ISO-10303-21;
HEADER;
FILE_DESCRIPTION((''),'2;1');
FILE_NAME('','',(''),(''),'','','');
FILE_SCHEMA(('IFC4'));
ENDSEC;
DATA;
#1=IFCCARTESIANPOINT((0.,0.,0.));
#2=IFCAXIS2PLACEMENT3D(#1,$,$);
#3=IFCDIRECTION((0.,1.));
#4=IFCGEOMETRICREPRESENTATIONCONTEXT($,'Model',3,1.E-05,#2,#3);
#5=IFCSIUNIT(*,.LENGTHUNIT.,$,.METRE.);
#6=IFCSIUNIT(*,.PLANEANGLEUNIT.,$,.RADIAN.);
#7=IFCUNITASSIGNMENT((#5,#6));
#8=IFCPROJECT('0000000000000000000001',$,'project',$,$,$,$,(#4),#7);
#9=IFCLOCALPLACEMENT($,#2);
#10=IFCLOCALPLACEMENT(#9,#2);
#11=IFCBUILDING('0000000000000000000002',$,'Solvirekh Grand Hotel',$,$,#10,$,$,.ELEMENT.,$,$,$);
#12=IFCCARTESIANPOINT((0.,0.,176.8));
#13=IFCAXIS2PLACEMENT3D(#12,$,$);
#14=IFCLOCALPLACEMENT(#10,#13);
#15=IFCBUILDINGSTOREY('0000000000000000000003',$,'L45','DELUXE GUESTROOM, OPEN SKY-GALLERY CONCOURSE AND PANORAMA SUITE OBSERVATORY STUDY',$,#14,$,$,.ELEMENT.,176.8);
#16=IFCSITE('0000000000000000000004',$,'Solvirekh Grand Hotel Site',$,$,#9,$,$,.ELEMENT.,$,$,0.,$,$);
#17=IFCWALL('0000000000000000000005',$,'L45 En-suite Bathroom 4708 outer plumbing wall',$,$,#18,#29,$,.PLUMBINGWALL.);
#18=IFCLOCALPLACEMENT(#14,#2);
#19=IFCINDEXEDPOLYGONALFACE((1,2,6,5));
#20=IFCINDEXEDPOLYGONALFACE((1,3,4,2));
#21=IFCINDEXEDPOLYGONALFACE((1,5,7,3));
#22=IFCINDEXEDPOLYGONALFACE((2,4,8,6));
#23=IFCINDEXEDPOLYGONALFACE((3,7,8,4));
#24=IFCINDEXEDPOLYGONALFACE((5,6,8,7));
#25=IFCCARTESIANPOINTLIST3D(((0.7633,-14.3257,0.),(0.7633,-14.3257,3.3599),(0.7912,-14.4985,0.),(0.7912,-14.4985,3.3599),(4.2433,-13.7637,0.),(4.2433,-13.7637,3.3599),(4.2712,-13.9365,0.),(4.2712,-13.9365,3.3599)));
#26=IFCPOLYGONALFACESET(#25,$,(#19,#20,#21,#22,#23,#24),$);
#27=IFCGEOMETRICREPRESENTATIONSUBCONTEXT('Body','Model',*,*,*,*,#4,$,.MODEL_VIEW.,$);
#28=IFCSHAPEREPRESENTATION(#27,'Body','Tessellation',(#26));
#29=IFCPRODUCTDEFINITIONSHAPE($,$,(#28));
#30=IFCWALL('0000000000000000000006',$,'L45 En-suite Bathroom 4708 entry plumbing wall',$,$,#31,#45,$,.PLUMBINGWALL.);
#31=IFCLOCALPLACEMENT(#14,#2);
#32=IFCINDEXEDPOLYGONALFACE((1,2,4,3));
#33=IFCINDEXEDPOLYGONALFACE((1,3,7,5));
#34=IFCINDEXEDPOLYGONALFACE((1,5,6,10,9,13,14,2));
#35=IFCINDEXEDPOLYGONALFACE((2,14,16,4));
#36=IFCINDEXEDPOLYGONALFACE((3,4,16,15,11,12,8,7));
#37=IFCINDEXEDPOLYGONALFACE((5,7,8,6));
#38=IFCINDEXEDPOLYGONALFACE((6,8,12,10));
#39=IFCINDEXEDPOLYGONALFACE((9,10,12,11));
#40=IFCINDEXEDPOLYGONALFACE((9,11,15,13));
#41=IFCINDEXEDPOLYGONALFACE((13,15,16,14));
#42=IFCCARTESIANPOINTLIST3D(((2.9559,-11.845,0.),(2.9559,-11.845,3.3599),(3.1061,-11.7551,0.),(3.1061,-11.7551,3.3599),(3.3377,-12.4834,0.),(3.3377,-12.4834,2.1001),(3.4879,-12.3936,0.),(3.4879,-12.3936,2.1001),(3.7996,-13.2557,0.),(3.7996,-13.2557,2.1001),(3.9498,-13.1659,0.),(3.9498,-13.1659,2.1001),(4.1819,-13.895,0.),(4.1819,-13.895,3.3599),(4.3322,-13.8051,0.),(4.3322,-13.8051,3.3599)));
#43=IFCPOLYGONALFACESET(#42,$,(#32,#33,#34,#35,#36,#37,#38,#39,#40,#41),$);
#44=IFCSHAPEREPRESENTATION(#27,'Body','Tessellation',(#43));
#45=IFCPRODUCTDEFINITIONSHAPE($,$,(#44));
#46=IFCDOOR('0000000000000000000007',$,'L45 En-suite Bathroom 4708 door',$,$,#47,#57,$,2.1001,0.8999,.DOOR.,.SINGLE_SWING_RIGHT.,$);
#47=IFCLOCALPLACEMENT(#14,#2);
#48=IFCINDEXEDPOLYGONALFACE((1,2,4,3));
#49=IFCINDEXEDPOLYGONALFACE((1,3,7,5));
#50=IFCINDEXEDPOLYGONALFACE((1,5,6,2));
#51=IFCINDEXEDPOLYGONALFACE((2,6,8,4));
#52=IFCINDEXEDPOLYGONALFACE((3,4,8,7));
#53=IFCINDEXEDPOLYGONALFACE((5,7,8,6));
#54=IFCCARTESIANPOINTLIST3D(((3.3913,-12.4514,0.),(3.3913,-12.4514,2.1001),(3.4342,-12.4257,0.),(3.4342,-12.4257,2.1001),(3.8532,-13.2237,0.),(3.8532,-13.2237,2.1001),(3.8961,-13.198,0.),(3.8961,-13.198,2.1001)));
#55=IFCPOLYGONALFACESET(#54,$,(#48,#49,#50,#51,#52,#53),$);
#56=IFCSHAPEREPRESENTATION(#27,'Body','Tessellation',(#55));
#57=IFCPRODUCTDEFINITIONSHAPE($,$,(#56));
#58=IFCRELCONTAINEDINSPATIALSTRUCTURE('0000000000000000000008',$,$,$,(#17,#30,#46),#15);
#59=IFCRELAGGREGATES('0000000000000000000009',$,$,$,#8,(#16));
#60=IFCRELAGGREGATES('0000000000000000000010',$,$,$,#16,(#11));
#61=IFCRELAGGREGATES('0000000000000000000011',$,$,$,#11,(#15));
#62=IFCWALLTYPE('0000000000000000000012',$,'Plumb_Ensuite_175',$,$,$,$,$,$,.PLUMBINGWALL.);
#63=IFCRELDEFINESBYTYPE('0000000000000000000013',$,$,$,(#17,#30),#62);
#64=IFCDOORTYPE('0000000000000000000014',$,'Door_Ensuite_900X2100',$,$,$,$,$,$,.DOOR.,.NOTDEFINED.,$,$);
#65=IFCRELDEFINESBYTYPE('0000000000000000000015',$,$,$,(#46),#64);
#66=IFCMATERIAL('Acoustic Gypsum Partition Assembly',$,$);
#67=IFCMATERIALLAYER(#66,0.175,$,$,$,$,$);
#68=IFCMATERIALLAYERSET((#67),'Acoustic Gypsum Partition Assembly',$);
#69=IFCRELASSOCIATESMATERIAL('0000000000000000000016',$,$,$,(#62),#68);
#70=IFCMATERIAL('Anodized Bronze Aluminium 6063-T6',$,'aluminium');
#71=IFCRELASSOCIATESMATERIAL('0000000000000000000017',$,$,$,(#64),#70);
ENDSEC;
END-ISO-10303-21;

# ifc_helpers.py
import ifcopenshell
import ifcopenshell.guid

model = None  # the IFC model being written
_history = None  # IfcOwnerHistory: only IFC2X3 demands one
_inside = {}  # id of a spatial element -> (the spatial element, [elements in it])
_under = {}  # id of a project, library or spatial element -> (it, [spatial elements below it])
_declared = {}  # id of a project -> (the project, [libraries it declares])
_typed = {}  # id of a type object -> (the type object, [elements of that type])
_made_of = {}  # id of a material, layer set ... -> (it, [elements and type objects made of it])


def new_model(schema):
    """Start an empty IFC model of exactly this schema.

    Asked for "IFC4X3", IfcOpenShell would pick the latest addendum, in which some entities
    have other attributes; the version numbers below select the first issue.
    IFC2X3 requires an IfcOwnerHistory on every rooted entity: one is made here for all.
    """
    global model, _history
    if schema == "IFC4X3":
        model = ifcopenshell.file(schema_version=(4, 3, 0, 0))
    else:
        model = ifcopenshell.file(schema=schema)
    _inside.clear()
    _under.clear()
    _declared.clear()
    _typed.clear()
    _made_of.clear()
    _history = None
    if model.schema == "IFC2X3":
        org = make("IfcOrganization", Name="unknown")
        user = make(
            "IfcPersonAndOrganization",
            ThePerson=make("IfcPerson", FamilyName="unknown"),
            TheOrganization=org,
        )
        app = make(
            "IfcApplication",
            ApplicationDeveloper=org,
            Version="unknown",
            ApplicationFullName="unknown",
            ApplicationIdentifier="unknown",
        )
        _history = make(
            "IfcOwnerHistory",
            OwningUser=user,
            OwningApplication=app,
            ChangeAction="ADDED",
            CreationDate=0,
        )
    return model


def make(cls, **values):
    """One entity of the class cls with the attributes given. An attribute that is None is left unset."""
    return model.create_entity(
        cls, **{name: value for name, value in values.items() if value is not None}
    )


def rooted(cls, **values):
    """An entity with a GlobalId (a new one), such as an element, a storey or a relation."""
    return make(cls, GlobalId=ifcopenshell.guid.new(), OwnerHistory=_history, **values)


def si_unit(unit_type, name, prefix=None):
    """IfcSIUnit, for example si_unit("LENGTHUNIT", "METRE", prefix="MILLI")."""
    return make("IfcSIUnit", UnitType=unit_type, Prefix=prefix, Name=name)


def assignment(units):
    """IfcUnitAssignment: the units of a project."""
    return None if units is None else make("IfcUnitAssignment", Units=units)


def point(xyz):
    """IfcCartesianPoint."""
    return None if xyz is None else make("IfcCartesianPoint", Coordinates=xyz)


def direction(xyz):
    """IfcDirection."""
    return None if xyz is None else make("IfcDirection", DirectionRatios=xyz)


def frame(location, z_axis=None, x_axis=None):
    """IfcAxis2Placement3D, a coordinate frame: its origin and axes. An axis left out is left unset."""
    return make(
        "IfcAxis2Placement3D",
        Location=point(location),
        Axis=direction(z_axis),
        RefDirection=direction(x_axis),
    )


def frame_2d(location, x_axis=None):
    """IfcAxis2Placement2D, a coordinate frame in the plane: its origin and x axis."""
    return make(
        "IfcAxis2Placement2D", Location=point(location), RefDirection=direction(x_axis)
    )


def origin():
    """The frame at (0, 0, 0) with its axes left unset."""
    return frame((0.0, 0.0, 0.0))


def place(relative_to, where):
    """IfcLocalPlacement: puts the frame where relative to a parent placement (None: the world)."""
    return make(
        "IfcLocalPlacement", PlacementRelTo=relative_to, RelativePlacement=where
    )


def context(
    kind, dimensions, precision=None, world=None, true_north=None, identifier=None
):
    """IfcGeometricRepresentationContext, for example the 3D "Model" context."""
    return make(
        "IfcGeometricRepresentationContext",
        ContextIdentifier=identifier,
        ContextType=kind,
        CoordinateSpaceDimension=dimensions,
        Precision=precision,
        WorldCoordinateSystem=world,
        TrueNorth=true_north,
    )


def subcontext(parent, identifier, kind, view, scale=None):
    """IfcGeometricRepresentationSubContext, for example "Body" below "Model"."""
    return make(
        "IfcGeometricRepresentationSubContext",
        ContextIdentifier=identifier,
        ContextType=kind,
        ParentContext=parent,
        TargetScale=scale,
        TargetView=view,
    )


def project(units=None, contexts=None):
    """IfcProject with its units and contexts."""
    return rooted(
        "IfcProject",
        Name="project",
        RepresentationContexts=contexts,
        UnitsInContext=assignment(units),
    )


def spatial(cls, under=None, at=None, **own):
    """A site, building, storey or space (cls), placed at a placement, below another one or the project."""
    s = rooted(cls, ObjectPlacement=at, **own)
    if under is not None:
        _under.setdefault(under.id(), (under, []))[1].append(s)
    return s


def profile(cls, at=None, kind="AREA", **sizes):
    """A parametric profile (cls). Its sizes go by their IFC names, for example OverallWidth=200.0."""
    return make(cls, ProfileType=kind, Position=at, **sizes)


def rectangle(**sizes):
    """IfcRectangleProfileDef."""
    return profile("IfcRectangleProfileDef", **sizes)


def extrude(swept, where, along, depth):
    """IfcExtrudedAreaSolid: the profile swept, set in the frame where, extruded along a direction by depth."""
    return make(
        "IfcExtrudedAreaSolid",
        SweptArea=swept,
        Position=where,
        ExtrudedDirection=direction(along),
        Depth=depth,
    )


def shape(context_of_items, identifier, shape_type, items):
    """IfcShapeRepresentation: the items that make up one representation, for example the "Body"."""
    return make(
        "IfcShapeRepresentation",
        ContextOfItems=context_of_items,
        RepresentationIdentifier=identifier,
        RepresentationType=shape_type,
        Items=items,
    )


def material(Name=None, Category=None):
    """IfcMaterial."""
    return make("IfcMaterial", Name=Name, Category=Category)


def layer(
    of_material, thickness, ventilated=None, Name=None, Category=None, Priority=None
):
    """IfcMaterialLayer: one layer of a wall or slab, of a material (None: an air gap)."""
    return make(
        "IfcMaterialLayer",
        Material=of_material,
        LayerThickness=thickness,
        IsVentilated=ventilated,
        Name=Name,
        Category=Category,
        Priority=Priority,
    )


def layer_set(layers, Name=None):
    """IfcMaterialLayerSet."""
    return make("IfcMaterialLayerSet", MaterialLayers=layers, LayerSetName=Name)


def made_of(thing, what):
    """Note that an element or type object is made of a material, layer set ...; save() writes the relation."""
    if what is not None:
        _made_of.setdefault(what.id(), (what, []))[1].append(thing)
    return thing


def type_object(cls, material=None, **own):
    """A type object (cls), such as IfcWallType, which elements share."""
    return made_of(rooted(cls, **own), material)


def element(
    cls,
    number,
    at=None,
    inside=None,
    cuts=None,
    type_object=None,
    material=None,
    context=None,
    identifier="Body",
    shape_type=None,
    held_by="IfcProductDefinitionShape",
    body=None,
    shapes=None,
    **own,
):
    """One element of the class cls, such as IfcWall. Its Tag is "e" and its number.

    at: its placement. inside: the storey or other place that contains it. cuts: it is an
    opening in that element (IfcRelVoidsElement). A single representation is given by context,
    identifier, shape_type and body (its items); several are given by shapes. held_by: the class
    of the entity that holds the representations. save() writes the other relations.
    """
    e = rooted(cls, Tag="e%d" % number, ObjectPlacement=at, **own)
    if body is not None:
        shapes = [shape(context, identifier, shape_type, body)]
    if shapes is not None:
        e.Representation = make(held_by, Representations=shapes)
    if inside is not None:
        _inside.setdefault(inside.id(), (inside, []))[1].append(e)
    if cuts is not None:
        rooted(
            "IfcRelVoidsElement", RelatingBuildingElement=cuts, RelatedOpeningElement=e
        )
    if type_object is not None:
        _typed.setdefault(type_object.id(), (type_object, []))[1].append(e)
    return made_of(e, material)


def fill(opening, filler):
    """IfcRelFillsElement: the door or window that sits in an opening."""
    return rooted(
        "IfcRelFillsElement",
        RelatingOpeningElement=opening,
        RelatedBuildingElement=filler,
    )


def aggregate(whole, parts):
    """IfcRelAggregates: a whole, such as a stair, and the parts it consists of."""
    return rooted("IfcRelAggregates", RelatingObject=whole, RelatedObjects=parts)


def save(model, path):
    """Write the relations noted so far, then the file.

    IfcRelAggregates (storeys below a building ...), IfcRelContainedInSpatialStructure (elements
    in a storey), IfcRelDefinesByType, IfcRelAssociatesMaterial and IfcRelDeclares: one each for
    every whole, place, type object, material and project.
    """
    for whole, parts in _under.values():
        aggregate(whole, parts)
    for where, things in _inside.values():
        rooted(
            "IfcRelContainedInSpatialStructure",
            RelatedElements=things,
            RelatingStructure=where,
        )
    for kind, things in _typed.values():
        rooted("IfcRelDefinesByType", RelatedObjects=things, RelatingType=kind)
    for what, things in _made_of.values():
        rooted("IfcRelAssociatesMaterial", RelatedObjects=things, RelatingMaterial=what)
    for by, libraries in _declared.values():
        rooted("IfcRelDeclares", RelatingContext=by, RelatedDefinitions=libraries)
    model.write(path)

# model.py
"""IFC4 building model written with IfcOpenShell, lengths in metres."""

from ifc_helpers import new_model, si_unit, direction, frame, frame_2d, origin, place, context, subcontext, project, spatial, rectangle, extrude, material, layer, layer_set, type_object, element, fill, save


model = new_model("IFC4")

# Units and contexts
model_context = context("Model", 3, precision=1e-05, world=origin(), true_north=direction((0.0, 1.0)))
body_context = subcontext(model_context, "Body", "Model", "MODEL_VIEW")
ifc_project = project(units=[si_unit("LENGTHUNIT", "METRE"), si_unit("PLANEANGLEUNIT", "RADIAN")], contexts=[model_context])

# Site, building, storey
site_placement = place(None, origin())
site = spatial("IfcSite", under=ifc_project, at=site_placement, Name="Solvirekh Grand Hotel Site", CompositionType="ELEMENT", RefElevation=0.0)
building_placement = place(site_placement, origin())
building = spatial("IfcBuilding", under=site, at=building_placement, Name="Solvirekh Grand Hotel", CompositionType="ELEMENT")
storey_placement = place(building_placement, frame((0.0, 0.0, 176.8)))
storey = spatial("IfcBuildingStorey", under=building, at=storey_placement, Name="L45", Description="DELUXE GUESTROOM, OPEN SKY-GALLERY CONCOURSE AND PANORAMA SUITE OBSERVATORY STUDY", CompositionType="ELEMENT", Elevation=176.8)

# Shared definitions
ifc_material_1 = material(Name="Anodized Bronze Aluminium 6063-T6", Category="aluminium")

# Shared definitions
ifc_material_2 = material(Name="Acoustic Gypsum Partition Assembly")

# Wall
ifc_layer_1 = layer(ifc_material_2, 0.175)
ifc_layer_set_1 = layer_set([ifc_layer_1], Name="Acoustic Gypsum Partition Assembly")
wall_type_1 = type_object("IfcWallType", Name="Plumb_Ensuite_175", PredefinedType="PLUMBINGWALL", material=ifc_layer_set_1)
wall_1_placement = place(storey_placement, frame((0.7771, -14.4121, 0.0), z_axis=(0.0, 0.0, 1.0), x_axis=(0.987209, 0.159433, 0.0)))
element("IfcWall", 1, at=wall_1_placement, inside=storey, type_object=wall_type_1, Name="L45 En-suite Bathroom 4708 outer plumbing wall", PredefinedType="PLUMBINGWALL", context=body_context, shape_type="SweptSolid", body=[
    extrude(rectangle(XDim=3.5251, YDim=0.175, at=frame_2d((1.7627, 0.0))), origin(), (0.0, 0.0, 1.0), 3.3599),
])

# Wall, opening, door
wall_2_placement = place(storey_placement, frame((3.031, -11.8, 0.0), z_axis=(0.0, 0.0, 1.0), x_axis=(0.513278, -0.858223, 0.0)))
wall_2 = element("IfcWall", 2, at=wall_2_placement, inside=storey, type_object=wall_type_1, Name="L45 En-suite Bathroom 4708 entry plumbing wall", PredefinedType="PLUMBINGWALL", context=body_context, shape_type="SweptSolid", body=[
    extrude(rectangle(XDim=2.3887, YDim=0.175, at=frame_2d((1.1943, 0.0))), origin(), (0.0, 0.0, 1.0), 3.3599),
])
opening_1_placement = place(wall_2_placement, frame((0.7439, 0.0, 0.0)))
opening_1 = element("IfcOpeningElement", 3, at=opening_1_placement, cuts=wall_2, PredefinedType="OPENING", context=body_context, shape_type="SweptSolid", body=[
    extrude(rectangle(XDim=0.8999, YDim=2.1001, at=frame_2d((0.45, 1.05))), frame((0.0, 0.0977, 0.0), z_axis=(0.0, -1.0, 0.0), x_axis=(1.0, 0.0, 0.0)), (0.0, 0.0, 1.0), 0.1951),
])
door_type_1 = type_object("IfcDoorType", Name="Door_Ensuite_900X2100", OperationType="NOTDEFINED", PredefinedType="DOOR", material=ifc_material_1)
door_1_placement = place(opening_1_placement, origin())
door_1 = element("IfcDoor", 4, at=door_1_placement, inside=storey, type_object=door_type_1, Name="L45 En-suite Bathroom 4708 door", OperationType="SINGLE_SWING_RIGHT", OverallHeight=2.1001, OverallWidth=0.8999, PredefinedType="DOOR", context=body_context, shape_type="SweptSolid", body=[
    extrude(rectangle(XDim=0.8999, YDim=2.1001, at=frame_2d((0.45, 1.05))), frame((0.0, 0.0249, 0.0), z_axis=(0.0, -1.0, 0.0), x_axis=(1.0, 0.0, 0.0)), (0.0, 0.0, 1.0), 0.05),
])
fill(opening_1, door_1)

save(model, "model.ifc")
